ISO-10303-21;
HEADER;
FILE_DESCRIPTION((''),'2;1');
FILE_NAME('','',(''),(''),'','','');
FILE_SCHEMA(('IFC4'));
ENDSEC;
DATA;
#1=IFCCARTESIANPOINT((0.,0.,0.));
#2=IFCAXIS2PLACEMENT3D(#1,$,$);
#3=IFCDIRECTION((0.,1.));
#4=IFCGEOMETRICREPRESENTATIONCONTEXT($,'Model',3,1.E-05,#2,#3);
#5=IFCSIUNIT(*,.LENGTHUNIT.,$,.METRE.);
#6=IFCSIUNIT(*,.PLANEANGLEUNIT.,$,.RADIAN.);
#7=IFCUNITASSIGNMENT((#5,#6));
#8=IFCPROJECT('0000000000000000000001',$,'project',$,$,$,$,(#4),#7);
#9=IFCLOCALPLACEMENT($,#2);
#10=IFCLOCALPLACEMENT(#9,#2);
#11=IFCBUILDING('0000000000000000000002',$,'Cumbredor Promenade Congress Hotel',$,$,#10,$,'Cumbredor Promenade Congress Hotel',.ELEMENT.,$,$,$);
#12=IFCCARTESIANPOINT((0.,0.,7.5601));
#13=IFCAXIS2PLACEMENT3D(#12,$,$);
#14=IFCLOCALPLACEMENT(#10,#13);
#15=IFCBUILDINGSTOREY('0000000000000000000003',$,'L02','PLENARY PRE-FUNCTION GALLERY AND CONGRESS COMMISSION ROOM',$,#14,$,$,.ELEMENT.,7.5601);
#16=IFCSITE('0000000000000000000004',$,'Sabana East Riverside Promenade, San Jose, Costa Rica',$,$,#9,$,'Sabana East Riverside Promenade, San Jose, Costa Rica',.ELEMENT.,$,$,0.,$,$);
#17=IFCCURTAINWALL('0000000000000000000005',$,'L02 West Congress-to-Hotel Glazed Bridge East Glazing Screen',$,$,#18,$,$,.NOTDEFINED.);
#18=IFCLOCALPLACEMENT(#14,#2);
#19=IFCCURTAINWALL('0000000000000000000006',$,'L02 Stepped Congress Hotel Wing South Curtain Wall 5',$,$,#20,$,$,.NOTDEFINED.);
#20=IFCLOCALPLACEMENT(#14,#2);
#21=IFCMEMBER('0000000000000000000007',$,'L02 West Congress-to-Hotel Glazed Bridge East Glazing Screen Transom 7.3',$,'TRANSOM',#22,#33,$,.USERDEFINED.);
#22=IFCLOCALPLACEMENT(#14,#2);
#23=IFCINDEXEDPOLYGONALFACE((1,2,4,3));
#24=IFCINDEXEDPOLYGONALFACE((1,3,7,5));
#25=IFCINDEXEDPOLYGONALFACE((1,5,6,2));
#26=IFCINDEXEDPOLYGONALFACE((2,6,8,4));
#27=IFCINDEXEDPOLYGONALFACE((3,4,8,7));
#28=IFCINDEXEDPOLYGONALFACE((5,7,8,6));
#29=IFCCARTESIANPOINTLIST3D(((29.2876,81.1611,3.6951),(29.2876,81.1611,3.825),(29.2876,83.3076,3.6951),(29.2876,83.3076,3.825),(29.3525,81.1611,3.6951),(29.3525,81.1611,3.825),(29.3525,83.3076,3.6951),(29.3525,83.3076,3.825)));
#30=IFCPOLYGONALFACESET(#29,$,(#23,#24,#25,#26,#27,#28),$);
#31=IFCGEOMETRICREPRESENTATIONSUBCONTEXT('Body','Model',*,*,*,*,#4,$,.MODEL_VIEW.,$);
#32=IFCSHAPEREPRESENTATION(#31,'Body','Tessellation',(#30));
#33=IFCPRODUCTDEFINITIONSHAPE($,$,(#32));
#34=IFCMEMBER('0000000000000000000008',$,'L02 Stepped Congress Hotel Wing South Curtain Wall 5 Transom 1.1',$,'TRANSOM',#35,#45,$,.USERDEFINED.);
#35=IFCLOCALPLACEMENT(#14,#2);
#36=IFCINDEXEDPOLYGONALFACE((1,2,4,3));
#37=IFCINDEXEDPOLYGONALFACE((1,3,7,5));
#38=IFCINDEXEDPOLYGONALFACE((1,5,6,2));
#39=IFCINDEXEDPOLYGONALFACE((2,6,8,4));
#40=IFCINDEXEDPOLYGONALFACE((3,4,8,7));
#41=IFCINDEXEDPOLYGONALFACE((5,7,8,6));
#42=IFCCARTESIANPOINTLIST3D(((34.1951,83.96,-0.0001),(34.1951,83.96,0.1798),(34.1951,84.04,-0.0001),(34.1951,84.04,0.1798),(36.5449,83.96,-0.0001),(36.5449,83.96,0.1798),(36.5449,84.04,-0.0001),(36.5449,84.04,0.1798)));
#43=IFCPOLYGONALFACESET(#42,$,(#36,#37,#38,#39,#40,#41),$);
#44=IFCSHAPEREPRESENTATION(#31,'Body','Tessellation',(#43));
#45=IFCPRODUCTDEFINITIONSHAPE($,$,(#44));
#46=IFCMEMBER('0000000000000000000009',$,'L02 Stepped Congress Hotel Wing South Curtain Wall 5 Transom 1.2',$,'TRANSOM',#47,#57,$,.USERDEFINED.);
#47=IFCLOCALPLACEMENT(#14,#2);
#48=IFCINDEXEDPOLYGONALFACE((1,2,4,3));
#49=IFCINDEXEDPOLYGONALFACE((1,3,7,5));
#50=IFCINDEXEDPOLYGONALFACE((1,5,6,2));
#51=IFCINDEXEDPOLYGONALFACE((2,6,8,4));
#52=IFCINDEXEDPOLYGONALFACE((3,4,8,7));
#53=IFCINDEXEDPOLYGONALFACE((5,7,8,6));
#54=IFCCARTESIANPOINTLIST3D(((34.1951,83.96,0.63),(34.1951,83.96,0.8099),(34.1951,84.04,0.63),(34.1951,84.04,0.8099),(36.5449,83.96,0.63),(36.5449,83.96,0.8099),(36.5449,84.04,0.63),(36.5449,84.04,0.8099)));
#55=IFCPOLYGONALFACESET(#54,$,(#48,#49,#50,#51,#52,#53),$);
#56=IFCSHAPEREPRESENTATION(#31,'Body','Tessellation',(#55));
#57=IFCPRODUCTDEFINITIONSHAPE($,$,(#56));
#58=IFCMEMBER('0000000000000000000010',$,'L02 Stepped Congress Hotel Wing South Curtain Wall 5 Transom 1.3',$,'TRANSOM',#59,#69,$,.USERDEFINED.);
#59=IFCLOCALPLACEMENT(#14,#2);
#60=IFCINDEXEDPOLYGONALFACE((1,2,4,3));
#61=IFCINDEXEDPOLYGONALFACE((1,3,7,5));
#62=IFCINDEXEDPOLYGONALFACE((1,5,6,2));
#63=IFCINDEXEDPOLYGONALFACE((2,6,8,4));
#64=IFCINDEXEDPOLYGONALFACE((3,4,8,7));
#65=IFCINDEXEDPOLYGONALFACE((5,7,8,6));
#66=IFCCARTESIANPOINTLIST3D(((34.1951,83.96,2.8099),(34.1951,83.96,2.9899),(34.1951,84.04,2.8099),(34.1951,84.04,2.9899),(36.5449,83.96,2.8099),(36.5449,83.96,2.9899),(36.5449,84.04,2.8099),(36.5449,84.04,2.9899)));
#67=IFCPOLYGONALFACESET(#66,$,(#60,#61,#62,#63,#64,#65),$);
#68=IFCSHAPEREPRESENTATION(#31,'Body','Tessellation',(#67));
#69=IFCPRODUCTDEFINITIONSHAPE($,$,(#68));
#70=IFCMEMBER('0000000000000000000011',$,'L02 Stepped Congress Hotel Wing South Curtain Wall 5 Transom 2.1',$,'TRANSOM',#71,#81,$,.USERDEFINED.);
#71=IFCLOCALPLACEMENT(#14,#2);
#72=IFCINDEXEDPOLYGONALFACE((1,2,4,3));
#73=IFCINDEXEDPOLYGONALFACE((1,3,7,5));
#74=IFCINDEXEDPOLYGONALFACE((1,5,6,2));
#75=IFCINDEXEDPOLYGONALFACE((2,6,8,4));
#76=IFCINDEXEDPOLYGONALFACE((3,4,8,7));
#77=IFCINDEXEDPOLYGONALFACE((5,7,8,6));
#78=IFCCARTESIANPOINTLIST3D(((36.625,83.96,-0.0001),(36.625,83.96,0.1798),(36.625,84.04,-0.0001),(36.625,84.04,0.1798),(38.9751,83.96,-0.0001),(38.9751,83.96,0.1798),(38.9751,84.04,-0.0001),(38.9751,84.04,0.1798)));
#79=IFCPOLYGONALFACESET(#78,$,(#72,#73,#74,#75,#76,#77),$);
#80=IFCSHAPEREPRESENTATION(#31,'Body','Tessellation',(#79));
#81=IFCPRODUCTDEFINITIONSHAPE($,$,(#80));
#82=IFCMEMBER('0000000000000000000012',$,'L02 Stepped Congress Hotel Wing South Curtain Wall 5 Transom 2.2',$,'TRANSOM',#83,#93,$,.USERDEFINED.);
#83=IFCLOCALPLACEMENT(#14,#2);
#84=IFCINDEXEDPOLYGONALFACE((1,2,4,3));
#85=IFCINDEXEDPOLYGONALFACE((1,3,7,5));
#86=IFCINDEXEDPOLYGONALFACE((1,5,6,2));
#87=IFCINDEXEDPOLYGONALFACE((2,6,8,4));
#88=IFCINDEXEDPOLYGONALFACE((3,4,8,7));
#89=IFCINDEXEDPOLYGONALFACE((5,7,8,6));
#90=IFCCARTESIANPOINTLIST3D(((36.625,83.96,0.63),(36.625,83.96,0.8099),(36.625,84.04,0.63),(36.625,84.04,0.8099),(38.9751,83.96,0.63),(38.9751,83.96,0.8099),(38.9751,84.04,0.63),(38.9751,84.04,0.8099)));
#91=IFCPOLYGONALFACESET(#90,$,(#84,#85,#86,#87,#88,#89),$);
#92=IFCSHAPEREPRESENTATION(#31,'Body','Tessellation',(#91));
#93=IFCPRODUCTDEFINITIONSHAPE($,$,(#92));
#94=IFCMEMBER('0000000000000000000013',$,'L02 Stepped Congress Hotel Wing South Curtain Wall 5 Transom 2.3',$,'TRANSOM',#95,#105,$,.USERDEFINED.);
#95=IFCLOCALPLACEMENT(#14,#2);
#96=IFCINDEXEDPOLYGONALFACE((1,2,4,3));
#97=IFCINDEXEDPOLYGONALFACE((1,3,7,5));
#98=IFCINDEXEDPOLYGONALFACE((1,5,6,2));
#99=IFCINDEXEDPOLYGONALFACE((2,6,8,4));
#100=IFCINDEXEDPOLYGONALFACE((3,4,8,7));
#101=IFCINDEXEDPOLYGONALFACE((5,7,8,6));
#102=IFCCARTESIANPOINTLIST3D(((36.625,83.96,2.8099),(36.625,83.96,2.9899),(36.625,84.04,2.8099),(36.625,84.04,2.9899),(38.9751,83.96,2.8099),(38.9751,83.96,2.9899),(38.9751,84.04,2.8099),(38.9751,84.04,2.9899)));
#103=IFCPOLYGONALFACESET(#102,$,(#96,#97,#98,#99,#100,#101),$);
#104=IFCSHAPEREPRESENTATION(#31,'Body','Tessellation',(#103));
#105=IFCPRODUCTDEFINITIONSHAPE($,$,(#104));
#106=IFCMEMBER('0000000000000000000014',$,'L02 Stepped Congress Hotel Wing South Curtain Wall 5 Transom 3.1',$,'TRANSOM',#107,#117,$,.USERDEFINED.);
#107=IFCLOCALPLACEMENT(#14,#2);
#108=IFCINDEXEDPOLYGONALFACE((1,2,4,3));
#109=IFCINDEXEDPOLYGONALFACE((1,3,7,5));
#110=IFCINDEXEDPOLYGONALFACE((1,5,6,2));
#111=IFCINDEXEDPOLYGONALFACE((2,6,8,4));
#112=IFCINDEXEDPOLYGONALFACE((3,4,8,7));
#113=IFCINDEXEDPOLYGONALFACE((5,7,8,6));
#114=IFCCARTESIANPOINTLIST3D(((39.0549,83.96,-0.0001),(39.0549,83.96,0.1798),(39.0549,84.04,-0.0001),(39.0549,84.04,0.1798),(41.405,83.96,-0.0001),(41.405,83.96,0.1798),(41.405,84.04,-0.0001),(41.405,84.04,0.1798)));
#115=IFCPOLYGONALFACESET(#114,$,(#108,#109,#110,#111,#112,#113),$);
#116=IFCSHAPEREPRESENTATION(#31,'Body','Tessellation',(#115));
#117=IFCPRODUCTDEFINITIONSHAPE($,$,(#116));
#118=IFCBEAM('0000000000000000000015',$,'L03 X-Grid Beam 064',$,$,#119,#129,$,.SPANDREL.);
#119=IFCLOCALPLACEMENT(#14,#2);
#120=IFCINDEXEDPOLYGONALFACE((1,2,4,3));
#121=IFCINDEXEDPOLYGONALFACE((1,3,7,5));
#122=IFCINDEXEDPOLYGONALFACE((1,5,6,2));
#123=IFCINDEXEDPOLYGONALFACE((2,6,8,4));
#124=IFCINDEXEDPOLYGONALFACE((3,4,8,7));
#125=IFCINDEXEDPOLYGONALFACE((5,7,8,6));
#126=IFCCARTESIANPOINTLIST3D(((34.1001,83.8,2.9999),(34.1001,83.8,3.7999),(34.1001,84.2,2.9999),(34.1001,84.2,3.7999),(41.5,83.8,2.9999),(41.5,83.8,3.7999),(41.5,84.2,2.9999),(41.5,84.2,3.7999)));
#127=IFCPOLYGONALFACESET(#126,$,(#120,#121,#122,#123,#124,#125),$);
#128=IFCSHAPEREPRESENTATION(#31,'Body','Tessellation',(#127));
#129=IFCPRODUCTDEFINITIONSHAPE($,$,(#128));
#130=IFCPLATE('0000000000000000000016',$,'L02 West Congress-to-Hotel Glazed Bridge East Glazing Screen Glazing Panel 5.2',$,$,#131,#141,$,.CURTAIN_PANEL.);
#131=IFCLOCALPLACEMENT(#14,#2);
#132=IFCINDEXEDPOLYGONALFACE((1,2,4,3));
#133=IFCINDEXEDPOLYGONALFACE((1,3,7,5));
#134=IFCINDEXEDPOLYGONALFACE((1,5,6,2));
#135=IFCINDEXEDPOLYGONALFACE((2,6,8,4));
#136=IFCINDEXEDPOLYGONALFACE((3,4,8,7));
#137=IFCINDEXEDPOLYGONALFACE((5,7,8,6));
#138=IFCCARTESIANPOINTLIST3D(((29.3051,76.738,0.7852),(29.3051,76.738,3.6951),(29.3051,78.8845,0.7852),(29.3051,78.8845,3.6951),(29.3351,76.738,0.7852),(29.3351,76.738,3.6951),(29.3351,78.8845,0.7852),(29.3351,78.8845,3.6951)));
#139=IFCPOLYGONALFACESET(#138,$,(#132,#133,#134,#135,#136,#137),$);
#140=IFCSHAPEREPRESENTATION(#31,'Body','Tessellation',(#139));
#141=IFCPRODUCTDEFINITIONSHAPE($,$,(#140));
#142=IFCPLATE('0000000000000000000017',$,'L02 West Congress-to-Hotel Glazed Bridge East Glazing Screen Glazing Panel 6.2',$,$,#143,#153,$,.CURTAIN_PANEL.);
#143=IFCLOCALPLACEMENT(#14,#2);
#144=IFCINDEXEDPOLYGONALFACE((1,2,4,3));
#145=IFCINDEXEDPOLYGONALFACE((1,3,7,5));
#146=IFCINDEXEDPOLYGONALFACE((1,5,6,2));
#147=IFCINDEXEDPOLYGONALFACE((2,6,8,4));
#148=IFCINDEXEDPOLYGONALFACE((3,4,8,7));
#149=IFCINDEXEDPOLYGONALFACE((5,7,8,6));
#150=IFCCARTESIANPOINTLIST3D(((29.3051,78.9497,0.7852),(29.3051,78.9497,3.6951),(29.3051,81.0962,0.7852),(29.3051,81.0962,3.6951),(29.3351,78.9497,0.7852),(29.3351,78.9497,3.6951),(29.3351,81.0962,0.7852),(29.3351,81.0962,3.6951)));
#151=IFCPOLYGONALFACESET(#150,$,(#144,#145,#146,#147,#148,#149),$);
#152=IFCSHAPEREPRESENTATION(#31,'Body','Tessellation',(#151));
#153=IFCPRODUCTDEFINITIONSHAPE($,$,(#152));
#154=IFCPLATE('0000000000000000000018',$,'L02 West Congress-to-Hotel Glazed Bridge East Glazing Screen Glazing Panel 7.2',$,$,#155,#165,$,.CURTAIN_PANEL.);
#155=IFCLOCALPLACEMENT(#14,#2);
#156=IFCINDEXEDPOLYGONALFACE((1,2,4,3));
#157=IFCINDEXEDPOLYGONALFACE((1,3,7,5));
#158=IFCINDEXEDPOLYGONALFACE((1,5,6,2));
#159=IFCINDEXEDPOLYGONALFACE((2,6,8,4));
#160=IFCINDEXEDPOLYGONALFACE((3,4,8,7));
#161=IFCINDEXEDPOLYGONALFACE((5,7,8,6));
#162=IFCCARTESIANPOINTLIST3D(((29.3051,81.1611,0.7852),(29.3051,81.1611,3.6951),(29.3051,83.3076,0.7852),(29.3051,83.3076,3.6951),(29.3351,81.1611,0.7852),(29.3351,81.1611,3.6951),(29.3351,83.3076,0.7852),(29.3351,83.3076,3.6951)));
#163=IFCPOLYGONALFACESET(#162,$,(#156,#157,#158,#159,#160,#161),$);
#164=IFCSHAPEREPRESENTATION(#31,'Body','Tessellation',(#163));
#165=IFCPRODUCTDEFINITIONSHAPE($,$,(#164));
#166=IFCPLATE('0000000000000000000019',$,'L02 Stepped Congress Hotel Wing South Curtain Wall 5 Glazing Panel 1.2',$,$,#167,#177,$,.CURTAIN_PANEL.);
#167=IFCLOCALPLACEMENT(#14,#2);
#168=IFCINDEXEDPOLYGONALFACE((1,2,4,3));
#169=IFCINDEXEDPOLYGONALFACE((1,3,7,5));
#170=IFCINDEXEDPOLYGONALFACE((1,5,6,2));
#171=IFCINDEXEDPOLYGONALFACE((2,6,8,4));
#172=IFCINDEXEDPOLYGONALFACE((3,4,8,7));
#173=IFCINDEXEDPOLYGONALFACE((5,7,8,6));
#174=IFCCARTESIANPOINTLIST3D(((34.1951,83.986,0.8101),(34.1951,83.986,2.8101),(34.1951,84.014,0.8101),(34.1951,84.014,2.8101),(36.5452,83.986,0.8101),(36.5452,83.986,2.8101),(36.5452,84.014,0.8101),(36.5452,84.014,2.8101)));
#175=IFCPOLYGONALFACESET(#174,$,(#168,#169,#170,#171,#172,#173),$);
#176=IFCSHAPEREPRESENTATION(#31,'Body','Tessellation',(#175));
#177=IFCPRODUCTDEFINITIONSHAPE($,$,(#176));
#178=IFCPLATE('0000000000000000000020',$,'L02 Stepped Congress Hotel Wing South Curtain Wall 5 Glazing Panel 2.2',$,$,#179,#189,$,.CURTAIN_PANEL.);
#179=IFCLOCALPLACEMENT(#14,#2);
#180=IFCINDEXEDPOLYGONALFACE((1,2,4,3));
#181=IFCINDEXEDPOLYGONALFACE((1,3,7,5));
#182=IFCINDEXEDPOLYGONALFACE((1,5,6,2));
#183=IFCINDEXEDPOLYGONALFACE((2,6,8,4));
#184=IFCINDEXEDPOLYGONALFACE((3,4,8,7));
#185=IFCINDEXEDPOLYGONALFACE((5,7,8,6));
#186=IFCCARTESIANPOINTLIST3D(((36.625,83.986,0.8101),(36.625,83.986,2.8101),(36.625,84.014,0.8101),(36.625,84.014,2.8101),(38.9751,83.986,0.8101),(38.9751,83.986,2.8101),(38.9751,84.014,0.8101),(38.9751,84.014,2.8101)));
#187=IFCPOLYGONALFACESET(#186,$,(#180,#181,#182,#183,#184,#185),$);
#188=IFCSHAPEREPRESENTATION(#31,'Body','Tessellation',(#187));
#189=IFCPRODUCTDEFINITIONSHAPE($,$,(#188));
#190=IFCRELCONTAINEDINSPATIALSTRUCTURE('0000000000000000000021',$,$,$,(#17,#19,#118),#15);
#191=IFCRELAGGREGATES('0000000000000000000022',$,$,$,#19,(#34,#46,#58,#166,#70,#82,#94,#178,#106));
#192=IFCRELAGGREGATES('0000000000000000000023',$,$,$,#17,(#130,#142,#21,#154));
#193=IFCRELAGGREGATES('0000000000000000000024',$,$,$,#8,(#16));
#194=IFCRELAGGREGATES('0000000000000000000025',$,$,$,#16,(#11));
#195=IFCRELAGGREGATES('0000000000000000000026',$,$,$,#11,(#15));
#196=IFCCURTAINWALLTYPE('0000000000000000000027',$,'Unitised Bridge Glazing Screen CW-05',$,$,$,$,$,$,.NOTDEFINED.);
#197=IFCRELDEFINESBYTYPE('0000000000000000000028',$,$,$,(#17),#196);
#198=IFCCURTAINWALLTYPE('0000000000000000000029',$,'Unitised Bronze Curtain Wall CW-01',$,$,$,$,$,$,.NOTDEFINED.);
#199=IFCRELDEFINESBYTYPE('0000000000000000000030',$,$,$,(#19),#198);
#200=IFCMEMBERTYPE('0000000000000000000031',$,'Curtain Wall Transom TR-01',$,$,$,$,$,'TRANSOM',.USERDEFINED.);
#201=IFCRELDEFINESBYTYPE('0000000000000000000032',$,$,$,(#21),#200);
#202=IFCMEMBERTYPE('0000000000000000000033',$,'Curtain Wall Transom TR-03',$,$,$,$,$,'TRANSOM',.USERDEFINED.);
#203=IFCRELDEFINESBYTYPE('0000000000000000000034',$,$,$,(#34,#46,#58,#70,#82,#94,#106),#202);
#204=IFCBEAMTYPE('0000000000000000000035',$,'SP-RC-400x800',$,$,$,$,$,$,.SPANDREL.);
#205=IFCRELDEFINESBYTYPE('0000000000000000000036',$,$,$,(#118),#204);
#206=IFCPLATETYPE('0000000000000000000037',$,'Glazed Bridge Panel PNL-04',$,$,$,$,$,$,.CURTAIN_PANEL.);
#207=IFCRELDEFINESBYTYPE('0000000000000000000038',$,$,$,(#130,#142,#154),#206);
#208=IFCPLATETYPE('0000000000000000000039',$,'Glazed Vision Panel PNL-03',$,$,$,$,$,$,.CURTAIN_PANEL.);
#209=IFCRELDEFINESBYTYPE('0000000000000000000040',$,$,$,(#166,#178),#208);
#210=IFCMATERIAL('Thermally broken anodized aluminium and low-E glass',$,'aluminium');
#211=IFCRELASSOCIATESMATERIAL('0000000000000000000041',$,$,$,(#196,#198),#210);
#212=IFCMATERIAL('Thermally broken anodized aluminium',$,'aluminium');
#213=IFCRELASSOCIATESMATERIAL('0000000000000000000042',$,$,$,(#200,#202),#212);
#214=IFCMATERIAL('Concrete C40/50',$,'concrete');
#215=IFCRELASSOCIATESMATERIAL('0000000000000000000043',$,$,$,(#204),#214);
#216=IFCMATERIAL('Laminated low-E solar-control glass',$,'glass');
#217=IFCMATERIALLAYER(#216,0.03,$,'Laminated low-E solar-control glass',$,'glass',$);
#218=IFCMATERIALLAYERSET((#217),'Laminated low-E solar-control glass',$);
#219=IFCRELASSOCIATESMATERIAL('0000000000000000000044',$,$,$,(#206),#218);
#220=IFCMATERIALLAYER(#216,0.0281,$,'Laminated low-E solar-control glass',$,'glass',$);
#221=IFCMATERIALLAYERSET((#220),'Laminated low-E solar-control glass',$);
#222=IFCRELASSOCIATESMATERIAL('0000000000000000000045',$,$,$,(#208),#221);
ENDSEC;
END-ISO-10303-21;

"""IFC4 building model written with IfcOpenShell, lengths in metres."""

from ifc_helpers import new_model, si_unit, direction, frame, origin, origin_2d, place, context, subcontext, project, spatial, rectangle, extrude, material, layer, layer_set, material_profile, profile_set, type_object, element, aggregate, save


model = new_model("IFC4")

# Units and contexts
model_context = context("Model", 3, precision=1e-05, world=origin(), true_north=direction((0.0, 1.0)))
body_context = subcontext(model_context, "Body", "Model", "MODEL_VIEW")
ifc_project = project(units=[si_unit("LENGTHUNIT", "METRE"), si_unit("PLANEANGLEUNIT", "RADIAN")], contexts=[model_context])

# Site, building, storey
site_placement = place(None, origin())
site = spatial("IfcSite", under=ifc_project, at=site_placement, Name="Sabana East Riverside Promenade, San Jose, Costa Rica", LongName="Sabana East Riverside Promenade, San Jose, Costa Rica", CompositionType="ELEMENT", RefElevation=0.0)
building_placement = place(site_placement, origin())
building = spatial("IfcBuilding", under=site, at=building_placement, Name="Cumbredor Promenade Congress Hotel", LongName="Cumbredor Promenade Congress Hotel", CompositionType="ELEMENT")
storey_placement = place(building_placement, frame((0.0, 0.0, 7.5601)))
storey = spatial("IfcBuildingStorey", under=building, at=storey_placement, Name="L02", Description="PLENARY PRE-FUNCTION GALLERY AND CONGRESS COMMISSION ROOM", CompositionType="ELEMENT", Elevation=7.5601)

# Curtain walls
ifc_material_1 = material(Name="Thermally broken anodized aluminium and low-E glass", Category="aluminium")
curtain_wall_type_1 = type_object("IfcCurtainWallType", Name="Unitised Bridge Glazing Screen CW-05", PredefinedType="NOTDEFINED", material=ifc_material_1)
curtain_wall_1_placement = place(storey_placement, origin())
curtain_wall_1 = element("IfcCurtainWall", 1, at=curtain_wall_1_placement, inside=storey, type_object=curtain_wall_type_1, Name="L02 West Congress-to-Hotel Glazed Bridge East Glazing Screen", PredefinedType="NOTDEFINED")
ifc_material_2 = material(Name="Thermally broken anodized aluminium", Category="aluminium")
curtain_wall_type_2 = type_object("IfcCurtainWallType", Name="Unitised Bronze Curtain Wall CW-01", PredefinedType="NOTDEFINED", material=ifc_material_1)
curtain_wall_2_placement = place(storey_placement, origin())
curtain_wall_2 = element("IfcCurtainWall", 2, at=curtain_wall_2_placement, inside=storey, type_object=curtain_wall_type_2, Name="L02 Stepped Congress Hotel Wing South Curtain Wall 5", PredefinedType="NOTDEFINED")

# Members
ifc_material_profile_1 = material_profile(ifc_material_2, rectangle(XDim=0.0649, YDim=0.1299, at=origin_2d()), Name="ALU TRANSOM 65x130")
ifc_profile_set_1 = profile_set([ifc_material_profile_1], Name="Thermally broken anodized aluminium")
member_type_1 = type_object("IfcMemberType", Name="Curtain Wall Transom TR-01", ElementType="TRANSOM", PredefinedType="USERDEFINED", material=ifc_profile_set_1)
member_1_placement = place(storey_placement, frame((29.3201, 81.1611, 3.76), z_axis=(0.0, 1.0, 0.0), x_axis=(-1.0, 0.0, 0.0)))
member_1 = element("IfcMember", 3, at=member_1_placement, type_object=member_type_1, Name="L02 West Congress-to-Hotel Glazed Bridge East Glazing Screen Transom 7.3", ObjectType="TRANSOM", PredefinedType="USERDEFINED", context=body_context, shape_type="SweptSolid", body=[
    extrude(rectangle(XDim=0.0649, YDim=0.1299, at=origin_2d()), origin(), (0.0, 0.0, 1.0), 2.1465),
])
ifc_material_profile_2 = material_profile(ifc_material_2, rectangle(XDim=0.0801, YDim=0.1799, at=origin_2d()), Name="ALU TRANSOM 80x180")
ifc_profile_set_2 = profile_set([ifc_material_profile_2], Name="Thermally broken anodized aluminium")
member_type_2 = type_object("IfcMemberType", Name="Curtain Wall Transom TR-03", ElementType="TRANSOM", PredefinedType="USERDEFINED", material=ifc_profile_set_2)
member_2_placement = place(storey_placement, frame((34.1951, 84.0, 0.0898), z_axis=(1.0, 0.0, 0.0), x_axis=(0.0, 1.0, 0.0)))
member_2 = element("IfcMember", 4, at=member_2_placement, type_object=member_type_2, Name="L02 Stepped Congress Hotel Wing South Curtain Wall 5 Transom 1.1", ObjectType="TRANSOM", PredefinedType="USERDEFINED", context=body_context, shape_type="SweptSolid", body=[
    extrude(rectangle(XDim=0.0801, YDim=0.1799, at=origin_2d()), origin(), (0.0, 0.0, 1.0), 2.3499),
])
member_3_placement = place(storey_placement, frame((34.1951, 84.0, 0.72), z_axis=(1.0, 0.0, 0.0), x_axis=(0.0, 1.0, 0.0)))
member_3 = element("IfcMember", 5, at=member_3_placement, type_object=member_type_2, Name="L02 Stepped Congress Hotel Wing South Curtain Wall 5 Transom 1.2", ObjectType="TRANSOM", PredefinedType="USERDEFINED", context=body_context, shape_type="SweptSolid", body=[
    extrude(rectangle(XDim=0.0801, YDim=0.1799, at=origin_2d()), origin(), (0.0, 0.0, 1.0), 2.3499),
])
member_4_placement = place(storey_placement, frame((34.1951, 84.0, 2.8999), z_axis=(1.0, 0.0, 0.0), x_axis=(0.0, 1.0, 0.0)))
member_4 = element("IfcMember", 6, at=member_4_placement, type_object=member_type_2, Name="L02 Stepped Congress Hotel Wing South Curtain Wall 5 Transom 1.3", ObjectType="TRANSOM", PredefinedType="USERDEFINED", context=body_context, shape_type="SweptSolid", body=[
    extrude(rectangle(XDim=0.0801, YDim=0.1799, at=origin_2d()), origin(), (0.0, 0.0, 1.0), 2.3499),
])
member_5_placement = place(storey_placement, frame((36.625, 84.0, 0.0898), z_axis=(1.0, 0.0, 0.0), x_axis=(0.0, 1.0, 0.0)))
member_5 = element("IfcMember", 7, at=member_5_placement, type_object=member_type_2, Name="L02 Stepped Congress Hotel Wing South Curtain Wall 5 Transom 2.1", ObjectType="TRANSOM", PredefinedType="USERDEFINED", context=body_context, shape_type="SweptSolid", body=[
    extrude(rectangle(XDim=0.0801, YDim=0.1799, at=origin_2d()), origin(), (0.0, 0.0, 1.0), 2.3501),
])
member_6_placement = place(storey_placement, frame((36.625, 84.0, 0.72), z_axis=(1.0, 0.0, 0.0), x_axis=(0.0, 1.0, 0.0)))
member_6 = element("IfcMember", 8, at=member_6_placement, type_object=member_type_2, Name="L02 Stepped Congress Hotel Wing South Curtain Wall 5 Transom 2.2", ObjectType="TRANSOM", PredefinedType="USERDEFINED", context=body_context, shape_type="SweptSolid", body=[
    extrude(rectangle(XDim=0.0801, YDim=0.1799, at=origin_2d()), origin(), (0.0, 0.0, 1.0), 2.3501),
])
member_7_placement = place(storey_placement, frame((36.625, 84.0, 2.8999), z_axis=(1.0, 0.0, 0.0), x_axis=(0.0, 1.0, 0.0)))
member_7 = element("IfcMember", 9, at=member_7_placement, type_object=member_type_2, Name="L02 Stepped Congress Hotel Wing South Curtain Wall 5 Transom 2.3", ObjectType="TRANSOM", PredefinedType="USERDEFINED", context=body_context, shape_type="SweptSolid", body=[
    extrude(rectangle(XDim=0.0801, YDim=0.1799, at=origin_2d()), origin(), (0.0, 0.0, 1.0), 2.3501),
])
member_8_placement = place(storey_placement, frame((39.0549, 84.0, 0.0898), z_axis=(1.0, 0.0, 0.0), x_axis=(0.0, 1.0, 0.0)))
member_8 = element("IfcMember", 10, at=member_8_placement, type_object=member_type_2, Name="L02 Stepped Congress Hotel Wing South Curtain Wall 5 Transom 3.1", ObjectType="TRANSOM", PredefinedType="USERDEFINED", context=body_context, shape_type="SweptSolid", body=[
    extrude(rectangle(XDim=0.0801, YDim=0.1799, at=origin_2d()), origin(), (0.0, 0.0, 1.0), 2.3501),
])

# Beam
ifc_material_3 = material(Name="Concrete C40/50", Category="concrete")
ifc_material_profile_3 = material_profile(ifc_material_3, rectangle(XDim=0.3999, YDim=0.8, at=origin_2d()), Name="RC SPANDREL 400x800")
ifc_profile_set_3 = profile_set([ifc_material_profile_3], Name="Concrete C40/50")
beam_type = type_object("IfcBeamType", Name="SP-RC-400x800", PredefinedType="SPANDREL", material=ifc_profile_set_3)
beam_placement = place(storey_placement, frame((34.1001, 84.0, 3.3999), z_axis=(1.0, 0.0, 0.0), x_axis=(0.0, 1.0, 0.0)))
element("IfcBeam", 11, at=beam_placement, inside=storey, type_object=beam_type, Name="L03 X-Grid Beam 064", PredefinedType="SPANDREL", context=body_context, shape_type="SweptSolid", body=[
    extrude(rectangle(XDim=0.3999, YDim=0.8, at=origin_2d()), origin(), (0.0, 0.0, 1.0), 7.3999),
])

# Plates
ifc_material_4 = material(Name="Laminated low-E solar-control glass", Category="glass")
ifc_layer_1 = layer(ifc_material_4, 0.03, Name="Laminated low-E solar-control glass", Category="glass")
ifc_layer_set_1 = layer_set([ifc_layer_1], Name="Laminated low-E solar-control glass")
plate_type_1 = type_object("IfcPlateType", Name="Glazed Bridge Panel PNL-04", PredefinedType="CURTAIN_PANEL", material=ifc_layer_set_1)
plate_1_placement = place(storey_placement, frame((29.3201, 77.8113, 0.7852), z_axis=(0.0, 0.0, 1.0), x_axis=(0.0, 1.0, 0.0)))
plate_1 = element("IfcPlate", 12, at=plate_1_placement, type_object=plate_type_1, Name="L02 West Congress-to-Hotel Glazed Bridge East Glazing Screen Glazing Panel 5.2", PredefinedType="CURTAIN_PANEL", context=body_context, shape_type="SweptSolid", body=[
    extrude(rectangle(XDim=2.1465, YDim=0.03, at=origin_2d()), origin(), (0.0, 0.0, 1.0), 2.9099),
])
plate_2_placement = place(storey_placement, frame((29.3201, 80.0229, 0.7852), z_axis=(0.0, 0.0, 1.0), x_axis=(0.0, 1.0, 0.0)))
plate_2 = element("IfcPlate", 13, at=plate_2_placement, type_object=plate_type_1, Name="L02 West Congress-to-Hotel Glazed Bridge East Glazing Screen Glazing Panel 6.2", PredefinedType="CURTAIN_PANEL", context=body_context, shape_type="SweptSolid", body=[
    extrude(rectangle(XDim=2.1465, YDim=0.03, at=origin_2d()), origin(), (0.0, 0.0, 1.0), 2.9099),
])
plate_3_placement = place(storey_placement, frame((29.3201, 82.2344, 0.7852), z_axis=(0.0, 0.0, 1.0), x_axis=(0.0, 1.0, 0.0)))
plate_3 = element("IfcPlate", 14, at=plate_3_placement, type_object=plate_type_1, Name="L02 West Congress-to-Hotel Glazed Bridge East Glazing Screen Glazing Panel 7.2", PredefinedType="CURTAIN_PANEL", context=body_context, shape_type="SweptSolid", body=[
    extrude(rectangle(XDim=2.1465, YDim=0.03, at=origin_2d()), origin(), (0.0, 0.0, 1.0), 2.9099),
])
ifc_layer_2 = layer(ifc_material_4, 0.0281, Name="Laminated low-E solar-control glass", Category="glass")
ifc_layer_set_2 = layer_set([ifc_layer_2], Name="Laminated low-E solar-control glass")
plate_type_2 = type_object("IfcPlateType", Name="Glazed Vision Panel PNL-03", PredefinedType="CURTAIN_PANEL", material=ifc_layer_set_2)
plate_4_placement = place(storey_placement, frame((35.3701, 84.0, 0.8101), z_axis=(0.0, 0.0, 1.0), x_axis=(1.0, 0.0, 0.0)))
plate_4 = element("IfcPlate", 15, at=plate_4_placement, type_object=plate_type_2, Name="L02 Stepped Congress Hotel Wing South Curtain Wall 5 Glazing Panel 1.2", PredefinedType="CURTAIN_PANEL", context=body_context, shape_type="SweptSolid", body=[
    extrude(rectangle(XDim=2.3501, YDim=0.0281, at=origin_2d()), origin(), (0.0, 0.0, 1.0), 2.0),
])
plate_5_placement = place(storey_placement, frame((37.8, 84.0, 0.8101), z_axis=(0.0, 0.0, 1.0), x_axis=(1.0, 0.0, 0.0)))
plate_5 = element("IfcPlate", 16, at=plate_5_placement, type_object=plate_type_2, Name="L02 Stepped Congress Hotel Wing South Curtain Wall 5 Glazing Panel 2.2", PredefinedType="CURTAIN_PANEL", context=body_context, shape_type="SweptSolid", body=[
    extrude(rectangle(XDim=2.3501, YDim=0.0281, at=origin_2d()), origin(), (0.0, 0.0, 1.0), 2.0),
])
aggregate(curtain_wall_2, [member_2, member_3, member_4, plate_4, member_5, member_6, member_7, plate_5, member_8])
aggregate(curtain_wall_1, [plate_1, plate_2, member_1, plate_3])

save(model, "model.ifc")
